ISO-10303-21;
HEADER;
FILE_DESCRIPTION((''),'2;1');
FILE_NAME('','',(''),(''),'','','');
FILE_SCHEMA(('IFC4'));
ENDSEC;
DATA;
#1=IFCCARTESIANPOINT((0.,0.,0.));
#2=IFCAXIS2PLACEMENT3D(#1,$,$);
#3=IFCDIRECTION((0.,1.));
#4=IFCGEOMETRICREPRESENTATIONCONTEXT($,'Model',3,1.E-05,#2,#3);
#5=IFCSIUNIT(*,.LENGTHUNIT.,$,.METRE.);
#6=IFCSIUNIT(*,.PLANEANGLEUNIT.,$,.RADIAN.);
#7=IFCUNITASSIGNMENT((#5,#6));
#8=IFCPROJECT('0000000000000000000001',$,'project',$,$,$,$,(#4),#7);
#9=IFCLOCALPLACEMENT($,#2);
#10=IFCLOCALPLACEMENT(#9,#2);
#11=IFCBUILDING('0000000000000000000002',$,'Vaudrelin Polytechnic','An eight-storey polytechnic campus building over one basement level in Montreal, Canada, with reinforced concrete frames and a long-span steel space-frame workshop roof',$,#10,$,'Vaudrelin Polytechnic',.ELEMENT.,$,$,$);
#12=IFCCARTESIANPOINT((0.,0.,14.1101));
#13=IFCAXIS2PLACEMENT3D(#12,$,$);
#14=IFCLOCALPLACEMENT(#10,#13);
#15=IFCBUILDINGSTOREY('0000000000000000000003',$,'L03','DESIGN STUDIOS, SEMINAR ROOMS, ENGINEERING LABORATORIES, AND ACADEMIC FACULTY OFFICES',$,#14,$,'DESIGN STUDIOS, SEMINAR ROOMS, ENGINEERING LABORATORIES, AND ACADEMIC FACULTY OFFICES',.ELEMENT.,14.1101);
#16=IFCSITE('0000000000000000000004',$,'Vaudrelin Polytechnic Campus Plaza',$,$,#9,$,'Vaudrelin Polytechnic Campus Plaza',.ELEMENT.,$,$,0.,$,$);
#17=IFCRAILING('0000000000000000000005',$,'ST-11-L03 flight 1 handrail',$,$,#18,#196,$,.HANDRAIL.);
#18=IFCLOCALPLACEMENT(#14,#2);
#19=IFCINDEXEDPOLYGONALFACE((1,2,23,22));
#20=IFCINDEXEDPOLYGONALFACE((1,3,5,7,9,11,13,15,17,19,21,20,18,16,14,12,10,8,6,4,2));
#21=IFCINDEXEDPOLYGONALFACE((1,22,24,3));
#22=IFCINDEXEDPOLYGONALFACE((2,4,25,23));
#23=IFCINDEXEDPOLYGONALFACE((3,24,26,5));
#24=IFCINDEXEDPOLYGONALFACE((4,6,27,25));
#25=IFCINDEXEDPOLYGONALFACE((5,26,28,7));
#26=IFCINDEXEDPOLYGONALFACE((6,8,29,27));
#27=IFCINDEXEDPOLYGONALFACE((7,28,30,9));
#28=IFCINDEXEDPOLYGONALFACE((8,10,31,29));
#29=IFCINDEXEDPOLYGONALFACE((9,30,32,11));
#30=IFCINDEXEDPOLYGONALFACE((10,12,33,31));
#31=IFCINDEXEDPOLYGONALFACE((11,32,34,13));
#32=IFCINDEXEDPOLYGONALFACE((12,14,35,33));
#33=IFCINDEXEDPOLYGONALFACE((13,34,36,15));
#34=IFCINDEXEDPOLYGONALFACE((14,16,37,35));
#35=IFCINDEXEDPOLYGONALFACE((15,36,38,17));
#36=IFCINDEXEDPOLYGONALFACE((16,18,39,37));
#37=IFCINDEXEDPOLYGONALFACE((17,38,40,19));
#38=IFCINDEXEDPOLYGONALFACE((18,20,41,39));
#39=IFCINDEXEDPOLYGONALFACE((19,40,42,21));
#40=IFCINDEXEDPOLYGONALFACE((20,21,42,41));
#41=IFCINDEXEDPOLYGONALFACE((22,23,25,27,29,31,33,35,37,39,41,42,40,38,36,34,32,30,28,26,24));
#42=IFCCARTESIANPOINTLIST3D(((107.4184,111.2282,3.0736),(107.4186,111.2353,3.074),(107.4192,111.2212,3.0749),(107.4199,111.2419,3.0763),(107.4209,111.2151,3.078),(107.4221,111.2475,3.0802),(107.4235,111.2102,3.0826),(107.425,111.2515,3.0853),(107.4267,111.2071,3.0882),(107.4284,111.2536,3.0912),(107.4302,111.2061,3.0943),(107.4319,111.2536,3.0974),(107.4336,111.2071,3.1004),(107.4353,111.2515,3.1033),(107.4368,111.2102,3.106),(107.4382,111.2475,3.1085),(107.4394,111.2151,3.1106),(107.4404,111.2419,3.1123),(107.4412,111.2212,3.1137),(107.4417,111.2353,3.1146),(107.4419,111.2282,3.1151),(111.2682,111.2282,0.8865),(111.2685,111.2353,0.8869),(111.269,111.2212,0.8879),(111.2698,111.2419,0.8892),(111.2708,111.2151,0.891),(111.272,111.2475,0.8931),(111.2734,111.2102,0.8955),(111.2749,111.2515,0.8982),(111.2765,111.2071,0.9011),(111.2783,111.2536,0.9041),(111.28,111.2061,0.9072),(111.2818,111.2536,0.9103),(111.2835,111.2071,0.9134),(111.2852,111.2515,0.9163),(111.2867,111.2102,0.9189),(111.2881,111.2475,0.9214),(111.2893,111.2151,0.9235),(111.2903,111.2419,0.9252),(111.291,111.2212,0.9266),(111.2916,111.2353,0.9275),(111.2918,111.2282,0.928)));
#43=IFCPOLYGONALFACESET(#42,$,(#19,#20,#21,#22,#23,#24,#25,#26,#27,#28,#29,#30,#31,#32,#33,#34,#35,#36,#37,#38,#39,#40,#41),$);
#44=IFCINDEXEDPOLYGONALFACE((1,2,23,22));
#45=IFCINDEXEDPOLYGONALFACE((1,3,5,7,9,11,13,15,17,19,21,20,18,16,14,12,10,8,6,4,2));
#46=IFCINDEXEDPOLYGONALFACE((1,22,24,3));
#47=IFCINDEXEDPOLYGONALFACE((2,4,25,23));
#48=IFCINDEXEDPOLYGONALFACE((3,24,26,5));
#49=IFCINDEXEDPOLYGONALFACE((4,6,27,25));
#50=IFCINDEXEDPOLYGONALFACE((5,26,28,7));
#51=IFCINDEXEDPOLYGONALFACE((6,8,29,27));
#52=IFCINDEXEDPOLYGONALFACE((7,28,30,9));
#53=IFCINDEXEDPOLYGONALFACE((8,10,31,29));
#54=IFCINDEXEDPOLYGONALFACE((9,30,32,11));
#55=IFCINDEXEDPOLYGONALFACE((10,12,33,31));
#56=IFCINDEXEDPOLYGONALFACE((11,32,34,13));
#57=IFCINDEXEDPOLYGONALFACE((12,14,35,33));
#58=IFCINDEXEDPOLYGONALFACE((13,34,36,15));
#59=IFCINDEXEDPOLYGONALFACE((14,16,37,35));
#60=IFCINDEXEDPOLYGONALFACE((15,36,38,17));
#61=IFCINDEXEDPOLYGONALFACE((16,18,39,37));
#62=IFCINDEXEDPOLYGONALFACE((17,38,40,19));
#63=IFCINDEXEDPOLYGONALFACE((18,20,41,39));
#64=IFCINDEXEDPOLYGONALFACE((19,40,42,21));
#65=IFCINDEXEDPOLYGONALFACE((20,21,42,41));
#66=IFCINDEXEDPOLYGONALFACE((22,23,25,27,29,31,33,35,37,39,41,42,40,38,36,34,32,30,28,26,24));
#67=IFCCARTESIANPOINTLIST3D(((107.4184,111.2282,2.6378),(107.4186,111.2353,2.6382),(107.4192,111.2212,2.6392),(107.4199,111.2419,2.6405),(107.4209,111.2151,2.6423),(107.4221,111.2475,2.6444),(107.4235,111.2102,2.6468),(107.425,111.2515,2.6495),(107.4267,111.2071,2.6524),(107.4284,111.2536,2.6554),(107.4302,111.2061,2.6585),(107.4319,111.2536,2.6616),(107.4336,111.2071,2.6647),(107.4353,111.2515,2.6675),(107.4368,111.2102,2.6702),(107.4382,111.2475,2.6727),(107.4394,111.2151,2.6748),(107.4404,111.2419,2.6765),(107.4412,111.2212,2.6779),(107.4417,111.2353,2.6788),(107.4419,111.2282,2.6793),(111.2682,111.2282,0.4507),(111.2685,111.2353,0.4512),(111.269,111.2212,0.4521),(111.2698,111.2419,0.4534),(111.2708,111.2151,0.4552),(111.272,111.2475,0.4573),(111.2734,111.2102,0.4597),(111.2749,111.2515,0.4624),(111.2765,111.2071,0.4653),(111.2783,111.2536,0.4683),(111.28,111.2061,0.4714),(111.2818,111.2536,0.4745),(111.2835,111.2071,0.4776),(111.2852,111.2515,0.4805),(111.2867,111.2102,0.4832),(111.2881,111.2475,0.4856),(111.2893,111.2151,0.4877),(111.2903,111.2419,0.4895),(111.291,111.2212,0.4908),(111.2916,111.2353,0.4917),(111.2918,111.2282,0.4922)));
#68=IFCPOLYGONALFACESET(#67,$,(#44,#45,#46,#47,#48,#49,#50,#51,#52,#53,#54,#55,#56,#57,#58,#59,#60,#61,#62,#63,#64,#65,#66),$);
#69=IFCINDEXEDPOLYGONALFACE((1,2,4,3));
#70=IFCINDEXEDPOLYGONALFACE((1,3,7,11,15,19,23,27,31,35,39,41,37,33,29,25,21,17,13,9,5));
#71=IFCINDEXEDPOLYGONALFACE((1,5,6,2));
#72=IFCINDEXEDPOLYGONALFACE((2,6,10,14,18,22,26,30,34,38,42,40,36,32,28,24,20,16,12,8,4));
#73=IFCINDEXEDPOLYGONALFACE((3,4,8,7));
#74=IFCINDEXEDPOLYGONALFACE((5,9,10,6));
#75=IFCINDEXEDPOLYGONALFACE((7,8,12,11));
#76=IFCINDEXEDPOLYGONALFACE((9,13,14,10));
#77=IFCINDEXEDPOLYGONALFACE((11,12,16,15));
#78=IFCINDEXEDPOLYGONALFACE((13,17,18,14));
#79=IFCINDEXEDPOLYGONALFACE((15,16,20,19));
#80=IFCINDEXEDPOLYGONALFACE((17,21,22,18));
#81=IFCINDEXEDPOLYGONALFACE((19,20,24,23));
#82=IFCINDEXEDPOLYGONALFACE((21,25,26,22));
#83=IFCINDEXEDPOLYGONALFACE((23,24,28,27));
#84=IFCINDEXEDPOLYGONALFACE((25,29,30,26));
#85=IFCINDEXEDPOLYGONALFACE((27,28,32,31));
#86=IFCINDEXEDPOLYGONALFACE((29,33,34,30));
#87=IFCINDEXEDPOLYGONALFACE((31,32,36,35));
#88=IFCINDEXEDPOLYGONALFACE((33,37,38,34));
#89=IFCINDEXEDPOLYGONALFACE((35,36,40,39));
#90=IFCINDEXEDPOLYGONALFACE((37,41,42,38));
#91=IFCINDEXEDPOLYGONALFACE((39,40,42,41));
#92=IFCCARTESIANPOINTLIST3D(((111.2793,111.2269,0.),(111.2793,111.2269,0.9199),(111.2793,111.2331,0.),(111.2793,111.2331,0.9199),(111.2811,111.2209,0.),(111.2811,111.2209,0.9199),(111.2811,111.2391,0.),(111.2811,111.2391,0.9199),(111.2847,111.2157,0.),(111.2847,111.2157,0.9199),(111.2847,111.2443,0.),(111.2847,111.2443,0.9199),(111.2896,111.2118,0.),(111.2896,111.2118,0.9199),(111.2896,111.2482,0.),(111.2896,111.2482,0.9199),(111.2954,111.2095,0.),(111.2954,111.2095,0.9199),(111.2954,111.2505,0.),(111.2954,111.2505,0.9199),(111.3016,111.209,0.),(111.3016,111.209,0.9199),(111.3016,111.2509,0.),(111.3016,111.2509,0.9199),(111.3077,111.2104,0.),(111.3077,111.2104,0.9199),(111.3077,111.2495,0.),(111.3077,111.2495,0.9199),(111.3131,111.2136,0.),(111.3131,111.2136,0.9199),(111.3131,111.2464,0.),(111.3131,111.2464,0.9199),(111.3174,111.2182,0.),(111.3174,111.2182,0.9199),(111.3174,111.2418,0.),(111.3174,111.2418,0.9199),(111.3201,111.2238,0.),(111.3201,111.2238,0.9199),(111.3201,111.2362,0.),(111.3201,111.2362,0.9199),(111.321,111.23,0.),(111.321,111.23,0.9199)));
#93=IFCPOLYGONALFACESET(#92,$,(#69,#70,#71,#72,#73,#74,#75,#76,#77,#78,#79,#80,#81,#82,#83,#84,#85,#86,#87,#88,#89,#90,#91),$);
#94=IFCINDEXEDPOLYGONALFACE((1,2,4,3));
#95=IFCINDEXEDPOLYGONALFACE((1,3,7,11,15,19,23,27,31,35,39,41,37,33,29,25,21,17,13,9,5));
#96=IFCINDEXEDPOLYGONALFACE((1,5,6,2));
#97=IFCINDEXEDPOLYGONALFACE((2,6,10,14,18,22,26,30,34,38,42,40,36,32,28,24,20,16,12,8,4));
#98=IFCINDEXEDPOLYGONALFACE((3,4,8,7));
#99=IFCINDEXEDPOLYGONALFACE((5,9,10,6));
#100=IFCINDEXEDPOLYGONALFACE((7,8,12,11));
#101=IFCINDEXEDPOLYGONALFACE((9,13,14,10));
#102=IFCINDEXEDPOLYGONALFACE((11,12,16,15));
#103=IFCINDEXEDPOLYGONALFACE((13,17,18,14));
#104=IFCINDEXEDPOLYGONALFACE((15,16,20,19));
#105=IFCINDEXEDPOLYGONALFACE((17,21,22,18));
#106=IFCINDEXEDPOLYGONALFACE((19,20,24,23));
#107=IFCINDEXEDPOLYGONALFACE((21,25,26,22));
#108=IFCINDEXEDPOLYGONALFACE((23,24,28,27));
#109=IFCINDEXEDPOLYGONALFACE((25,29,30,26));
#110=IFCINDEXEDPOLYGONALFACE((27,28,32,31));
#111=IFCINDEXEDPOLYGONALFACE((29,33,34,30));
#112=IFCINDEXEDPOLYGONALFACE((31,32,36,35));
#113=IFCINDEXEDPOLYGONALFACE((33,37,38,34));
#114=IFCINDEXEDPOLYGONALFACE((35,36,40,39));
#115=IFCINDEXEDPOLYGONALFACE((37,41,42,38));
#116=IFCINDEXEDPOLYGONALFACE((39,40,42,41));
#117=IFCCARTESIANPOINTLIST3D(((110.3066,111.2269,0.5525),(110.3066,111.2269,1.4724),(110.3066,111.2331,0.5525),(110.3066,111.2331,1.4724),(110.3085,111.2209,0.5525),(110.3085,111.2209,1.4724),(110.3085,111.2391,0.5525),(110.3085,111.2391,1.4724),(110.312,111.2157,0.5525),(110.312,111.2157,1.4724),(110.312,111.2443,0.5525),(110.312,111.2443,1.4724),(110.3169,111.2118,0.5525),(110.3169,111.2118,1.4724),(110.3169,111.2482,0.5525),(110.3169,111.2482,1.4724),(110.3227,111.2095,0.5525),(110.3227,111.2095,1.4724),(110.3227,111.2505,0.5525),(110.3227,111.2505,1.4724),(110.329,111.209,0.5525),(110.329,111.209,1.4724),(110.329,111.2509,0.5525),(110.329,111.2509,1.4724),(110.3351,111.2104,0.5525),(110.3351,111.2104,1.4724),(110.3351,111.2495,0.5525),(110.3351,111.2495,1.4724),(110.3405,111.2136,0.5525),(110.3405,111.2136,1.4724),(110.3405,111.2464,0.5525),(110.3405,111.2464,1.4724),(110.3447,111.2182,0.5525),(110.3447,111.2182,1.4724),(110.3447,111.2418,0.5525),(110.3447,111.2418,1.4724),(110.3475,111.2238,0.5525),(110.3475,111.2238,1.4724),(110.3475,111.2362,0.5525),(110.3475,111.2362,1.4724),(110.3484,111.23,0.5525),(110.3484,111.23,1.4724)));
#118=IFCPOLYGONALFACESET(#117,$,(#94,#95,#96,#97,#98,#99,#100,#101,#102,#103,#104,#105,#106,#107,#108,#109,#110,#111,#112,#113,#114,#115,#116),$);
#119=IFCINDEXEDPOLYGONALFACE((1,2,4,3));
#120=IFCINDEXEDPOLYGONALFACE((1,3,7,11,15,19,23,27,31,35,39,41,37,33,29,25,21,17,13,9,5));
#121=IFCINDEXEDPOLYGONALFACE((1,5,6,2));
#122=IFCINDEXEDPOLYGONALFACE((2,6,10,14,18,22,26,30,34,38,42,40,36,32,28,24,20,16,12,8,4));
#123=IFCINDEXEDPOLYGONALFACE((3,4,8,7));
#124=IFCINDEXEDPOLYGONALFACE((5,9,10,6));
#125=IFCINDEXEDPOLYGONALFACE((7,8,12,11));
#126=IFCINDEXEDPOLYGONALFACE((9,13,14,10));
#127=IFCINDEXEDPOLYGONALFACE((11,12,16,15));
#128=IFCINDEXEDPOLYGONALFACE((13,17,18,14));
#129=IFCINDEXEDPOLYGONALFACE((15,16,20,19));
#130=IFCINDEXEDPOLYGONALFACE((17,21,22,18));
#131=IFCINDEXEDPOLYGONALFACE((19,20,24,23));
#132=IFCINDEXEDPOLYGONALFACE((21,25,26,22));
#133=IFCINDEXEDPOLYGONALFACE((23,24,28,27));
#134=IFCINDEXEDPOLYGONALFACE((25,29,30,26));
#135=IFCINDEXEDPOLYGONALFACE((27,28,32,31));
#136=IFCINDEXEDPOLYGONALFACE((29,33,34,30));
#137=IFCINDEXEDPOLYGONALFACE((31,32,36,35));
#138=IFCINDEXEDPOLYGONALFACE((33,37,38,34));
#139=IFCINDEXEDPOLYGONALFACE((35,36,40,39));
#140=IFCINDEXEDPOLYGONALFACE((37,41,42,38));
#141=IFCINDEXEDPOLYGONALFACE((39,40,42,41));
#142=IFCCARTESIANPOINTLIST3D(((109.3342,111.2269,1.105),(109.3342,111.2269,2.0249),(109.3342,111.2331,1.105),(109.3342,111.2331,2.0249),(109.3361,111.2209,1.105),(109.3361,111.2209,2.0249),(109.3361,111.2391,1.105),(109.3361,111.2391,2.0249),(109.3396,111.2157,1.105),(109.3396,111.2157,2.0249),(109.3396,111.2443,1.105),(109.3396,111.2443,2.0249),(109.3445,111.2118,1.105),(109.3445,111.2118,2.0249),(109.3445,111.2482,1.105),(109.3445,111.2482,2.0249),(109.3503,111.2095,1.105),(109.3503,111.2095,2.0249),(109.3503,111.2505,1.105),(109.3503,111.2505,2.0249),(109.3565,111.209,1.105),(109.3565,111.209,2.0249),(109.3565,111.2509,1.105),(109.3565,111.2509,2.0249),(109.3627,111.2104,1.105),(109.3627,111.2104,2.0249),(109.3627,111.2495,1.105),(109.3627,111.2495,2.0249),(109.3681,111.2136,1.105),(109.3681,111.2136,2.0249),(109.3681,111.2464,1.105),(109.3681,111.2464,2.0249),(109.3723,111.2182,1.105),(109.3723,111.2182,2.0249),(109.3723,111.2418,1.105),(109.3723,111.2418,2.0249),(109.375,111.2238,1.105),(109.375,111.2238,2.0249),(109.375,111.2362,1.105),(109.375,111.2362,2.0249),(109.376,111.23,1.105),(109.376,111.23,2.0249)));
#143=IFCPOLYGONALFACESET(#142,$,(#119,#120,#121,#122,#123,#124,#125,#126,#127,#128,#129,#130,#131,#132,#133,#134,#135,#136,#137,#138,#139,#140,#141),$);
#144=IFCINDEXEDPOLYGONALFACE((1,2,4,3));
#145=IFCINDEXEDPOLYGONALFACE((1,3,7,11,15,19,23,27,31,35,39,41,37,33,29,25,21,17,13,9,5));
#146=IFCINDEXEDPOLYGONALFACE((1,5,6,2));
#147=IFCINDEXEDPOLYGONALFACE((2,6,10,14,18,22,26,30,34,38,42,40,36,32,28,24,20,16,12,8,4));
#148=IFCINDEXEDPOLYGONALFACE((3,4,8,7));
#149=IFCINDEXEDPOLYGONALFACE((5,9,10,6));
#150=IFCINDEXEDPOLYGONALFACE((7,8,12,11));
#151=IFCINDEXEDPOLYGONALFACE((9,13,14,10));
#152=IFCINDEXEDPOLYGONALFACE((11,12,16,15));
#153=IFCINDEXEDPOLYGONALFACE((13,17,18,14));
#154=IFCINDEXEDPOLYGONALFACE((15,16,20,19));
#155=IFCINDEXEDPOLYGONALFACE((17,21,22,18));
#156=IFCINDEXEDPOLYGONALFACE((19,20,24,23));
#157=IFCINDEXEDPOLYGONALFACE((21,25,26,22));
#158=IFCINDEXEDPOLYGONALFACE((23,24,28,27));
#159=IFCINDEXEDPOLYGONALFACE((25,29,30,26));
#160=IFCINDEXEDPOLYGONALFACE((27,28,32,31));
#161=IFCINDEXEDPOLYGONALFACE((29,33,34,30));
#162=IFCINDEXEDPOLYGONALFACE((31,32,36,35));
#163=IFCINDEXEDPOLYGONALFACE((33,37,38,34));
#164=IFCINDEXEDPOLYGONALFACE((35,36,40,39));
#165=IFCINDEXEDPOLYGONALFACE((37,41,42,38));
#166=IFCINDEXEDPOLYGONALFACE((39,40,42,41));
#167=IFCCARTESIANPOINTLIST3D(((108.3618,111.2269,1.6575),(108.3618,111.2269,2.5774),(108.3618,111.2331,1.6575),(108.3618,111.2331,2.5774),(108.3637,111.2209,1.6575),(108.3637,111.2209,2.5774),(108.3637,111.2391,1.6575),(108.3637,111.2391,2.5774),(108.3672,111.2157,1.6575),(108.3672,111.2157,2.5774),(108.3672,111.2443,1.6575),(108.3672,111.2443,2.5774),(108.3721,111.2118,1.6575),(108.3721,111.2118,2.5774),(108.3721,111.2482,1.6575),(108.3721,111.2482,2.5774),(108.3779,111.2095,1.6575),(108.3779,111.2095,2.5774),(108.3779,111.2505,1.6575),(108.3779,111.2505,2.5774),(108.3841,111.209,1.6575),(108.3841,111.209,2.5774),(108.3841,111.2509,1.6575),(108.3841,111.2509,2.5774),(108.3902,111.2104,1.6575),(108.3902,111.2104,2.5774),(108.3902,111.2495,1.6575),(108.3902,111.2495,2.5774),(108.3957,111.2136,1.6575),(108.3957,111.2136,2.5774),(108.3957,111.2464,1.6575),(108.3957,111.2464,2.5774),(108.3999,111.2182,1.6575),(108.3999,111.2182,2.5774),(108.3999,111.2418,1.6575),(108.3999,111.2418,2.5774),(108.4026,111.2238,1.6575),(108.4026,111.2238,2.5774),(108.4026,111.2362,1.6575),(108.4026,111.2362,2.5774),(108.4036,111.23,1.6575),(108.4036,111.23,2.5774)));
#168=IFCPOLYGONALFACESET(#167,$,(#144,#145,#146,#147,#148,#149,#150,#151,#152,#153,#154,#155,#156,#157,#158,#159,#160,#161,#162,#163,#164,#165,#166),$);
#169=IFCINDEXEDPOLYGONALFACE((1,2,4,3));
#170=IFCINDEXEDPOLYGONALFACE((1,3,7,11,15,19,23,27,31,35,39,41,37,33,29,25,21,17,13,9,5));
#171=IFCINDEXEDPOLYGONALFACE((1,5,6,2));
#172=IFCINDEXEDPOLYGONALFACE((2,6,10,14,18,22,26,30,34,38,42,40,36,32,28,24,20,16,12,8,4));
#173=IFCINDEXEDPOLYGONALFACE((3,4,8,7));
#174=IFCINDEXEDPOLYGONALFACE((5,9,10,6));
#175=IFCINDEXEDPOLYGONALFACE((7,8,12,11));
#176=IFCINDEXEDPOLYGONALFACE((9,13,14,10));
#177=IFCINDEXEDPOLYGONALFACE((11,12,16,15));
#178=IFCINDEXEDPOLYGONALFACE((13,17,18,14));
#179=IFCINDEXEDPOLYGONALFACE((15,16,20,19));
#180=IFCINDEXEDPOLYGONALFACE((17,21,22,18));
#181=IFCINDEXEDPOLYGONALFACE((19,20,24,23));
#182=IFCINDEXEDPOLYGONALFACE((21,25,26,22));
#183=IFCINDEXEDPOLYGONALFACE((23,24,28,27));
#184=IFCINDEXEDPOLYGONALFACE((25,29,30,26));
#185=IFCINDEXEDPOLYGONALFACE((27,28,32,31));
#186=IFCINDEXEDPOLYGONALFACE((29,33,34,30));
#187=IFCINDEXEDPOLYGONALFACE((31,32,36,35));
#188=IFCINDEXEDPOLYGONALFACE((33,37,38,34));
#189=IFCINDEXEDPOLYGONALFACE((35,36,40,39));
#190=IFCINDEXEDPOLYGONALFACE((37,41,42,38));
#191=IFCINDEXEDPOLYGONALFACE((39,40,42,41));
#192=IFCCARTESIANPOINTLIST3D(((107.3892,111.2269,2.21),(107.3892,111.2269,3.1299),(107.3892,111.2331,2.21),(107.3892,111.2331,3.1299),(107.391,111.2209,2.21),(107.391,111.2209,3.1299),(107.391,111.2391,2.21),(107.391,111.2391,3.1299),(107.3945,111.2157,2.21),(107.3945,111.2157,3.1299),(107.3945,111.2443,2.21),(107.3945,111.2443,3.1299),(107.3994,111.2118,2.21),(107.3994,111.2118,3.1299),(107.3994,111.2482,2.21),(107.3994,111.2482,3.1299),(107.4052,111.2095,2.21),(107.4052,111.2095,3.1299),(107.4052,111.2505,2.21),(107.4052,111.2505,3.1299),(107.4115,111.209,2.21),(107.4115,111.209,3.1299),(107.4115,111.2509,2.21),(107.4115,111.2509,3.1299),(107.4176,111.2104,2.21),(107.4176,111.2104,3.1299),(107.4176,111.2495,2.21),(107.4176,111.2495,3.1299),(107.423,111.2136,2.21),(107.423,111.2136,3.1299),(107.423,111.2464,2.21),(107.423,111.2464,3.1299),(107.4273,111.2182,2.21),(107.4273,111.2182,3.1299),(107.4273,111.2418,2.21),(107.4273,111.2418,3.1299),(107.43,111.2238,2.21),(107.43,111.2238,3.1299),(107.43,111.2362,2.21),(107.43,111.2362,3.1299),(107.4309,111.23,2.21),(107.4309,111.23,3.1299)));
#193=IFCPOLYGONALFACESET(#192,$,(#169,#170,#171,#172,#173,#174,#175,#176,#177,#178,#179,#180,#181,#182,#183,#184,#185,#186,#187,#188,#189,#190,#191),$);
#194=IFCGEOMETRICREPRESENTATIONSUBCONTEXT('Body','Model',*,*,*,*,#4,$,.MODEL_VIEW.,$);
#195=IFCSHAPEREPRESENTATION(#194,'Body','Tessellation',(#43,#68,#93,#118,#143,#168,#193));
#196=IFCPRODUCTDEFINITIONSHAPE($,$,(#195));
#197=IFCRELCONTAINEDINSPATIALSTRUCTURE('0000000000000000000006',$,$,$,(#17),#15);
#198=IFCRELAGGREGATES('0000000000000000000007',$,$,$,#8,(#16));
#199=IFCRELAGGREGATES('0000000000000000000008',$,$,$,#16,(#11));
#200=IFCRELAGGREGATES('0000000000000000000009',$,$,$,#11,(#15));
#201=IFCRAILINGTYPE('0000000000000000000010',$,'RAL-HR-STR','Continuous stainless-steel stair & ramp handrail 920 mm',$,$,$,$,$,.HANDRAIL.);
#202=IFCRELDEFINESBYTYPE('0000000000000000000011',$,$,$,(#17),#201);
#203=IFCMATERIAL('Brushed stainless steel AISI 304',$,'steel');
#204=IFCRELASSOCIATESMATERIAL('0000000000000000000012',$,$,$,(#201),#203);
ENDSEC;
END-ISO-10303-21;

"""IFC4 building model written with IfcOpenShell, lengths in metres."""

from ifc_helpers import new_model, si_unit, direction, frame, origin, origin_2d, place, context, subcontext, project, spatial, circle, extrude, material, type_object, element, save


model = new_model("IFC4")

# Units and contexts
model_context = context("Model", 3, precision=1e-05, world=origin(), true_north=direction((0.0, 1.0)))
body_context = subcontext(model_context, "Body", "Model", "MODEL_VIEW")
ifc_project = project(units=[si_unit("LENGTHUNIT", "METRE"), si_unit("PLANEANGLEUNIT", "RADIAN")], contexts=[model_context])

# Site, building, storey
site_placement = place(None, origin())
site = spatial("IfcSite", under=ifc_project, at=site_placement, Name="Vaudrelin Polytechnic Campus Plaza", LongName="Vaudrelin Polytechnic Campus Plaza", CompositionType="ELEMENT", RefElevation=0.0)
building_placement = place(site_placement, origin())
building = spatial("IfcBuilding", under=site, at=building_placement, Name="Vaudrelin Polytechnic", Description="An eight-storey polytechnic campus building over one basement level in Montreal, Canada, with reinforced concrete frames and a long-span steel space-frame workshop roof", LongName="Vaudrelin Polytechnic", CompositionType="ELEMENT")
storey_placement = place(building_placement, frame((0.0, 0.0, 14.1101)))
storey = spatial("IfcBuildingStorey", under=building, at=storey_placement, Name="L03", Description="DESIGN STUDIOS, SEMINAR ROOMS, ENGINEERING LABORATORIES, AND ACADEMIC FACULTY OFFICES", LongName="DESIGN STUDIOS, SEMINAR ROOMS, ENGINEERING LABORATORIES, AND ACADEMIC FACULTY OFFICES", CompositionType="ELEMENT", Elevation=14.1101)

# Railing
ifc_material_1 = material(Name="Brushed stainless steel AISI 304", Category="steel")
railing_type_1 = type_object("IfcRailingType", Name="RAL-HR-STR", Description="Continuous stainless-steel stair & ramp handrail 920 mm", PredefinedType="HANDRAIL", material=ifc_material_1)
railing_1_placement = place(storey_placement, frame((111.3, 111.23, 0.0)))
element("IfcRailing", 1, at=railing_1_placement, inside=storey, type_object=railing_type_1, Name="ST-11-L03 flight 1 handrail", PredefinedType="HANDRAIL", context=body_context, shape_type="SweptSolid", body=[
    extrude(circle(Radius=0.0239, at=origin_2d()), frame((-0.02, 0.0, 0.9072), z_axis=(-0.86949, 0.0, 0.493951), x_axis=(0.0, -1.0, 0.0)), (0.0, 0.0, 1.0), 4.4277),
    extrude(circle(Radius=0.0239, at=origin_2d()), frame((-0.02, 0.0, 0.4714), z_axis=(-0.86949, 0.0, 0.493951), x_axis=(0.0, -1.0, 0.0)), (0.0, 0.0, 1.0), 4.4277),
    extrude(circle(Radius=0.021, at=origin_2d()), origin(), (0.0, 0.0, 1.0), 0.9199),
    extrude(circle(Radius=0.021, at=origin_2d()), frame((-0.9727, 0.0, 0.5525)), (0.0, 0.0, 1.0), 0.9199),
    extrude(circle(Radius=0.021, at=origin_2d()), frame((-1.9451, 0.0, 1.105)), (0.0, 0.0, 1.0), 0.9199),
    extrude(circle(Radius=0.021, at=origin_2d()), frame((-2.9175, 0.0, 1.6575)), (0.0, 0.0, 1.0), 0.9199),
    extrude(circle(Radius=0.021, at=origin_2d()), frame((-3.8901, 0.0, 2.21)), (0.0, 0.0, 1.0), 0.9199),
])

save(model, "model.ifc")
